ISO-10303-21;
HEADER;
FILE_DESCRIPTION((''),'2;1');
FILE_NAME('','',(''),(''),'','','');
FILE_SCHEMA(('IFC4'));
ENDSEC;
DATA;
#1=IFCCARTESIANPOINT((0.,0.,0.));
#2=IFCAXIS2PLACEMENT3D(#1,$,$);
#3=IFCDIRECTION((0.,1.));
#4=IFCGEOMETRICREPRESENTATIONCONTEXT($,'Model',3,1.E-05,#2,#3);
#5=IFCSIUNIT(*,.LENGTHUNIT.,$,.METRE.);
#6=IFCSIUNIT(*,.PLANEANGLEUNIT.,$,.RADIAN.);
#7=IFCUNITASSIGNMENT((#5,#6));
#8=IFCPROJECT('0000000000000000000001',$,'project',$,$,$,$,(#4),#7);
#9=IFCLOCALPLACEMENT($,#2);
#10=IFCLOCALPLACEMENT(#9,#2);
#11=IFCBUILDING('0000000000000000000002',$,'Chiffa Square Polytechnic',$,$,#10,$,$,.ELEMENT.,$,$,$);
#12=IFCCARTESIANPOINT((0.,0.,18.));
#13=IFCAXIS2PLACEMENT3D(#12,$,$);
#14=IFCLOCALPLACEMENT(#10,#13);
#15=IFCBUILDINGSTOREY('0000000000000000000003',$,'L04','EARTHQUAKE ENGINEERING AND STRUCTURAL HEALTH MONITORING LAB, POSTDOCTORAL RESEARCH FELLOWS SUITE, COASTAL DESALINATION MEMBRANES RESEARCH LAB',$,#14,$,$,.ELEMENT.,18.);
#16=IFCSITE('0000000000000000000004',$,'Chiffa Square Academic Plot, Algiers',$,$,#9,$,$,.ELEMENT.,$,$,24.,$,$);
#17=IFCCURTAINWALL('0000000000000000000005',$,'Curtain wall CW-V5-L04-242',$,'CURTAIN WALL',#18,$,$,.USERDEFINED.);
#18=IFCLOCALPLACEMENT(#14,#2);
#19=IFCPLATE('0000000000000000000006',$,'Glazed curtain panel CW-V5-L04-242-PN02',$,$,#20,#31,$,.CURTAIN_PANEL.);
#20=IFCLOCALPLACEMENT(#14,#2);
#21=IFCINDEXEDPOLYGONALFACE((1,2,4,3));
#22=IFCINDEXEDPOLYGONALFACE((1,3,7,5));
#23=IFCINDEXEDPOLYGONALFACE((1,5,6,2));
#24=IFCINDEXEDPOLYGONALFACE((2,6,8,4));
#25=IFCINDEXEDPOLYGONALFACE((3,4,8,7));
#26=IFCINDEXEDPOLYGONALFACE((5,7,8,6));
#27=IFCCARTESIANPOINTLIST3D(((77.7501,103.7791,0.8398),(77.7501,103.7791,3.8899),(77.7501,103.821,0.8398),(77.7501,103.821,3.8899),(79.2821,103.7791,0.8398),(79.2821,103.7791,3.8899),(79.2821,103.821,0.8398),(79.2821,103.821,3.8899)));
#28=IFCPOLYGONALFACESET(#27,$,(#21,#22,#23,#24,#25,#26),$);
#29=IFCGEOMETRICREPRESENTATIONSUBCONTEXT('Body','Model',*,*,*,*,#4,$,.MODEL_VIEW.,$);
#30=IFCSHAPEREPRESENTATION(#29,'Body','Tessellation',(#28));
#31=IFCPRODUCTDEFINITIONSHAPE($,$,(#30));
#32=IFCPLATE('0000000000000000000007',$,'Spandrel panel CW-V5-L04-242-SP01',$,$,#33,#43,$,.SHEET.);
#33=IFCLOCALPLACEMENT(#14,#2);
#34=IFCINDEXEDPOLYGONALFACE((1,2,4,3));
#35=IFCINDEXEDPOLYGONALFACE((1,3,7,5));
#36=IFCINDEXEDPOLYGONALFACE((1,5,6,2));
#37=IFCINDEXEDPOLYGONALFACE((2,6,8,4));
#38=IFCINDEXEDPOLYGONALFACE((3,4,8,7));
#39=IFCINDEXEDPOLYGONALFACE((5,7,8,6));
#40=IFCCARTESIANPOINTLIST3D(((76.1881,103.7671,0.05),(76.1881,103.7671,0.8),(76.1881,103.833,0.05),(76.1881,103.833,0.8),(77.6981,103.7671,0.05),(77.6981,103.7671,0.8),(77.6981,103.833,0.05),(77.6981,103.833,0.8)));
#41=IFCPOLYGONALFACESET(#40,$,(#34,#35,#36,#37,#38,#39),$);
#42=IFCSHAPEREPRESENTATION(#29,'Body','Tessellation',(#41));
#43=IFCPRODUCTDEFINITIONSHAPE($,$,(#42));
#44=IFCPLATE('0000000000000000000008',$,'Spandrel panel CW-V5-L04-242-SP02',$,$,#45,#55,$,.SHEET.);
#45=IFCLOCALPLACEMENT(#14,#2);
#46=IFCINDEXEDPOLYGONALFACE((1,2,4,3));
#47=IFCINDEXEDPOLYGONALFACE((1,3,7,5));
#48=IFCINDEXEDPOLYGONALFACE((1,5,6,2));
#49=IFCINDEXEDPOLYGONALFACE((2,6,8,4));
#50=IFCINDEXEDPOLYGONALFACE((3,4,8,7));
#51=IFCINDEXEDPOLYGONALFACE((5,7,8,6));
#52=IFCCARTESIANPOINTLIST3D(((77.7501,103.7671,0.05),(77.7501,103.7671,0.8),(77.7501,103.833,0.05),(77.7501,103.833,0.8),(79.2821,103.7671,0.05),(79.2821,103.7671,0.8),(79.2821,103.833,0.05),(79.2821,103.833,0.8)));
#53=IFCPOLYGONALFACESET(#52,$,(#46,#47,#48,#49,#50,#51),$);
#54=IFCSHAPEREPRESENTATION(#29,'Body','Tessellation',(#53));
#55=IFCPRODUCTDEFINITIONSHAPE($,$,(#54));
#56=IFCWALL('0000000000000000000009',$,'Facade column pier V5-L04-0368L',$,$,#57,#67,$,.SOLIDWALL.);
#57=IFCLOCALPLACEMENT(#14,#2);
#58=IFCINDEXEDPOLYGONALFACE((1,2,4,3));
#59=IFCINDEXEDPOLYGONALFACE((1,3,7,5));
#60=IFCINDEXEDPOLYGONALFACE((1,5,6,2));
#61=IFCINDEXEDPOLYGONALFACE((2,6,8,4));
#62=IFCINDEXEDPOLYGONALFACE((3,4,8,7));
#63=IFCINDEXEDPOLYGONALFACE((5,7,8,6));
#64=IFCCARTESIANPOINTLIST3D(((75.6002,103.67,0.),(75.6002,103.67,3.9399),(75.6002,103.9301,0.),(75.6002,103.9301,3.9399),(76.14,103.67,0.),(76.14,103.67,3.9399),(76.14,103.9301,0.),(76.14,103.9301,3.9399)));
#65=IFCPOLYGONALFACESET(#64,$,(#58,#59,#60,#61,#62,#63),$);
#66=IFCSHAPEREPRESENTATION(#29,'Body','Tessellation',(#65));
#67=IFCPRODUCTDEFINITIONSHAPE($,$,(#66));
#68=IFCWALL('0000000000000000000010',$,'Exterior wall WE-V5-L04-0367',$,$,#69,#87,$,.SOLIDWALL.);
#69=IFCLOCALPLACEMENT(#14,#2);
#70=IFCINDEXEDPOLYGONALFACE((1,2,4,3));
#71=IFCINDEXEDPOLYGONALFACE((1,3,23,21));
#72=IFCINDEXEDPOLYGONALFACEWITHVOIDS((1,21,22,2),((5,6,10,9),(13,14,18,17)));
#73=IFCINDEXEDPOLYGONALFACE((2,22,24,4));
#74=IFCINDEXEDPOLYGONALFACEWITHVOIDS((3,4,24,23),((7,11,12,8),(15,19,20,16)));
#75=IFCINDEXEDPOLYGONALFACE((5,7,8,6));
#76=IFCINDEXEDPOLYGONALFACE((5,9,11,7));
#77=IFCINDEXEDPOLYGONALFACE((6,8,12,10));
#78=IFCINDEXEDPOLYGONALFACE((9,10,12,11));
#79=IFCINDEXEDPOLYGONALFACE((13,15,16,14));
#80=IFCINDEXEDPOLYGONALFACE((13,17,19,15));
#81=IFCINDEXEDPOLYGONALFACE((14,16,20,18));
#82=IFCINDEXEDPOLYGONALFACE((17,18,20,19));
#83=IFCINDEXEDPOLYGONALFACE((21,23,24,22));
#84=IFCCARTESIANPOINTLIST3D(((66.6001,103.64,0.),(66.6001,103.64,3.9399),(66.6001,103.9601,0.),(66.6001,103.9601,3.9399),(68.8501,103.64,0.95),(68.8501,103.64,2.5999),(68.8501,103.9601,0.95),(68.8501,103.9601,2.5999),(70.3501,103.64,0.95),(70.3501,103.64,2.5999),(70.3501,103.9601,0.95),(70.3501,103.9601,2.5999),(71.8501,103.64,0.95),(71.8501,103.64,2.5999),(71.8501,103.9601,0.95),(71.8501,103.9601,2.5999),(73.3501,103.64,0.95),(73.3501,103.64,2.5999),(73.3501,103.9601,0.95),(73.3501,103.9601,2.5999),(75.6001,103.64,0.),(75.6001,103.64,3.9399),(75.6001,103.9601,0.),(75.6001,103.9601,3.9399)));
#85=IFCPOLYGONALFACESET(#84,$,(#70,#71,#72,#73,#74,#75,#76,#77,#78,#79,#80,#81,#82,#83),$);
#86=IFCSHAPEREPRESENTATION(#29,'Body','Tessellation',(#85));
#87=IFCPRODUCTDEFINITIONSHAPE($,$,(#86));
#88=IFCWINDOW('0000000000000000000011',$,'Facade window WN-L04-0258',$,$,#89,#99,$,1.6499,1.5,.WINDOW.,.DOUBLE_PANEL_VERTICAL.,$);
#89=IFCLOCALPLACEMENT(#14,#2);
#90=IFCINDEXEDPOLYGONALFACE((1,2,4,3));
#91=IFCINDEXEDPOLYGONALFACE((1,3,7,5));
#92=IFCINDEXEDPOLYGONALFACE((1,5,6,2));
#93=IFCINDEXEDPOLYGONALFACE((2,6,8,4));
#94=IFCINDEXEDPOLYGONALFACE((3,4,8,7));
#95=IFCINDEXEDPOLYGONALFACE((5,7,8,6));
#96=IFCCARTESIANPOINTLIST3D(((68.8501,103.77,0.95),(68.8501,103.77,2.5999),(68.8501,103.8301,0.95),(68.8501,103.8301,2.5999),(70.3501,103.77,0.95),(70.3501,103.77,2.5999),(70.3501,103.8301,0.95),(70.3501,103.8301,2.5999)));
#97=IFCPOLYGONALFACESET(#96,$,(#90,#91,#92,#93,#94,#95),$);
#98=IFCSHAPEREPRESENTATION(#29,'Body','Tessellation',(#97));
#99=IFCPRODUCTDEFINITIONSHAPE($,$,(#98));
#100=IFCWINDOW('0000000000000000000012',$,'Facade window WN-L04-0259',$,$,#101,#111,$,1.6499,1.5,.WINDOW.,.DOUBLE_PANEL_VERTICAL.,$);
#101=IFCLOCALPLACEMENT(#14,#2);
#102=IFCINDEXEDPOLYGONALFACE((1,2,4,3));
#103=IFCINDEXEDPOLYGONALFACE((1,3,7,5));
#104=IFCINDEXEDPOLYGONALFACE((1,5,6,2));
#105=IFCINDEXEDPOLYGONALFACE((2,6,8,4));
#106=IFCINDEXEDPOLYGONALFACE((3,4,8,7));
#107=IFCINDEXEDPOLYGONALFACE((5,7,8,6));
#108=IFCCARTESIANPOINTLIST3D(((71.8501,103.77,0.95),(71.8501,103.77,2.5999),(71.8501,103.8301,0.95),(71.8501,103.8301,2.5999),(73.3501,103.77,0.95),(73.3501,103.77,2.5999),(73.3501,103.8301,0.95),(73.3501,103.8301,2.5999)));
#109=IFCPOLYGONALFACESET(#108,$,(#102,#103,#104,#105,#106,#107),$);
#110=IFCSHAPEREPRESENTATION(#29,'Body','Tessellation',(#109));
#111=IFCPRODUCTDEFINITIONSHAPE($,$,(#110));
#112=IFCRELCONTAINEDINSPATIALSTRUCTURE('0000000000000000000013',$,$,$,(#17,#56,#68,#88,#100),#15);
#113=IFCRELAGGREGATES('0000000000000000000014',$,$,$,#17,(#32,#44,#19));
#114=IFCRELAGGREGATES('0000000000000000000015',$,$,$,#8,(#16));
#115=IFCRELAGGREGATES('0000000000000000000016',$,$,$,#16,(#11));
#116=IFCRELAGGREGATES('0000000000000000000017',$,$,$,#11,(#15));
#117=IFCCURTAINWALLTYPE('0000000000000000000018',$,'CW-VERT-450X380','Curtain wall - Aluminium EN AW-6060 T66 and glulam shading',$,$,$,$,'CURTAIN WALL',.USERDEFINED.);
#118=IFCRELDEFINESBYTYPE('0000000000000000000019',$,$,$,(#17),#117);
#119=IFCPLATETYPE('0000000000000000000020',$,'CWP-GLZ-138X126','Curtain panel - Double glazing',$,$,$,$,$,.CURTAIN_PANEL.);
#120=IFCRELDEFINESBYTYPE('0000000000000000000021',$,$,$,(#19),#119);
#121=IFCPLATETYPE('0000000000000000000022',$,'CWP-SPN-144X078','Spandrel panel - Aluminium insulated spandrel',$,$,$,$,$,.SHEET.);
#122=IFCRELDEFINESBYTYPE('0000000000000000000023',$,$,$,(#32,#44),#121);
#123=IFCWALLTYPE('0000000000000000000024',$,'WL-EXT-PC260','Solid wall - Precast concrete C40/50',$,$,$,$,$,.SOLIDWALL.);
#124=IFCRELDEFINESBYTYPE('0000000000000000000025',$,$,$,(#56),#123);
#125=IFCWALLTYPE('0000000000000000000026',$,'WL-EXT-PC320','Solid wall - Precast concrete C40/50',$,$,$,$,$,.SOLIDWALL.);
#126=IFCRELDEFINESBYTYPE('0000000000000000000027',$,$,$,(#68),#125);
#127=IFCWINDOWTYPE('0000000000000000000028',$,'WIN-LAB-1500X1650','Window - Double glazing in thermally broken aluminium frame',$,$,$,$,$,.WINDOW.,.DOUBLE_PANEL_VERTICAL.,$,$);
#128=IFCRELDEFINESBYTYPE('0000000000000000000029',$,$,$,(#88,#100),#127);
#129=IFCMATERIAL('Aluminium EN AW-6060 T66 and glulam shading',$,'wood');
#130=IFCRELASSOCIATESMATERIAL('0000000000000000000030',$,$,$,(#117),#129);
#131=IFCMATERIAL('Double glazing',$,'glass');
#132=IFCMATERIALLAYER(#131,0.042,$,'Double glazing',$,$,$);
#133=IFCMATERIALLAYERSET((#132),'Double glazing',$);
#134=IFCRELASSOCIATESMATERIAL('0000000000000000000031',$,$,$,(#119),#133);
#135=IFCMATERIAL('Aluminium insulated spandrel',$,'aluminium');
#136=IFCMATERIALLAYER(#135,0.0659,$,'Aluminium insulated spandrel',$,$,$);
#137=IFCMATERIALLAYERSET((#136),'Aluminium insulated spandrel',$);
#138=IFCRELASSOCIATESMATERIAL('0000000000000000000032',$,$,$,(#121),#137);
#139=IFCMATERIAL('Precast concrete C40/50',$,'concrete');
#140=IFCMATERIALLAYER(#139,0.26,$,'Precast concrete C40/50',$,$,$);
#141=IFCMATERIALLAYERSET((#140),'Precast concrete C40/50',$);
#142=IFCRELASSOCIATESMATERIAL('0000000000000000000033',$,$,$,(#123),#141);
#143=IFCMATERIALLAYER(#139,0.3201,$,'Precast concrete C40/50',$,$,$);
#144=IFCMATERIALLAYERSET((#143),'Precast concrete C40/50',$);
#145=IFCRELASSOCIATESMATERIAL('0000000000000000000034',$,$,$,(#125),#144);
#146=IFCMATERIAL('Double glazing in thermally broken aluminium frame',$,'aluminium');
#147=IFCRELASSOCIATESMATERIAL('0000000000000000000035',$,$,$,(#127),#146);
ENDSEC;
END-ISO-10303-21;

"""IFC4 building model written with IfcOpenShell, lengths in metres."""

from ifc_helpers import new_model, si_unit, direction, frame, frame_2d, origin, origin_2d, place, context, subcontext, project, spatial, rectangle, extrude, material, layer, layer_set, type_object, element, fill, aggregate, save


model = new_model("IFC4")

# Units and contexts
model_context = context("Model", 3, precision=1e-05, world=origin(), true_north=direction((0.0, 1.0)))
body_context = subcontext(model_context, "Body", "Model", "MODEL_VIEW")
ifc_project = project(units=[si_unit("LENGTHUNIT", "METRE"), si_unit("PLANEANGLEUNIT", "RADIAN")], contexts=[model_context])

# Site, building, storey
site_placement = place(None, origin())
site = spatial("IfcSite", under=ifc_project, at=site_placement, Name="Chiffa Square Academic Plot, Algiers", CompositionType="ELEMENT", RefElevation=24.0)
building_placement = place(site_placement, origin())
building = spatial("IfcBuilding", under=site, at=building_placement, Name="Chiffa Square Polytechnic", CompositionType="ELEMENT")
storey_placement = place(building_placement, frame((0.0, 0.0, 18.0)))
storey = spatial("IfcBuildingStorey", under=building, at=storey_placement, Name="L04", Description="EARTHQUAKE ENGINEERING AND STRUCTURAL HEALTH MONITORING LAB, POSTDOCTORAL RESEARCH FELLOWS SUITE, COASTAL DESALINATION MEMBRANES RESEARCH LAB", CompositionType="ELEMENT", Elevation=18.0)

# Curtain wall, plates
ifc_material_1 = material(Name="Aluminium EN AW-6060 T66 and glulam shading", Category="wood")
curtain_wall_type = type_object("IfcCurtainWallType", Name="CW-VERT-450X380", Description="Curtain wall - Aluminium EN AW-6060 T66 and glulam shading", ElementType="CURTAIN WALL", PredefinedType="USERDEFINED", material=ifc_material_1)
curtain_wall_placement = place(storey_placement, origin())
curtain_wall = element("IfcCurtainWall", 1, at=curtain_wall_placement, inside=storey, type_object=curtain_wall_type, Name="Curtain wall CW-V5-L04-242", ObjectType="CURTAIN WALL", PredefinedType="USERDEFINED")
ifc_material_2 = material(Name="Double glazing", Category="glass")
ifc_layer_1 = layer(ifc_material_2, 0.042, Name="Double glazing")
ifc_layer_set_1 = layer_set([ifc_layer_1], Name="Double glazing")
plate_type_1 = type_object("IfcPlateType", Name="CWP-GLZ-138X126", Description="Curtain panel - Double glazing", PredefinedType="CURTAIN_PANEL", material=ifc_layer_set_1)
plate_1_placement = place(storey_placement, frame((78.5161, 103.8, 0.8398), z_axis=(0.0, 0.0, 1.0), x_axis=(1.0, 0.0, 0.0)))
plate_1 = element("IfcPlate", 2, at=plate_1_placement, type_object=plate_type_1, Name="Glazed curtain panel CW-V5-L04-242-PN02", PredefinedType="CURTAIN_PANEL", context=body_context, shape_type="SweptSolid", body=[
    extrude(rectangle(XDim=1.532, YDim=0.042, at=origin_2d()), origin(), (0.0, 0.0, 1.0), 3.05),
])
ifc_material_3 = material(Name="Aluminium insulated spandrel", Category="aluminium")
ifc_layer_2 = layer(ifc_material_3, 0.0659, Name="Aluminium insulated spandrel")
ifc_layer_set_2 = layer_set([ifc_layer_2], Name="Aluminium insulated spandrel")
plate_type_2 = type_object("IfcPlateType", Name="CWP-SPN-144X078", Description="Spandrel panel - Aluminium insulated spandrel", PredefinedType="SHEET", material=ifc_layer_set_2)
plate_2_placement = place(storey_placement, frame((76.9431, 103.8, 0.05), z_axis=(0.0, 0.0, 1.0), x_axis=(1.0, 0.0, 0.0)))
plate_2 = element("IfcPlate", 3, at=plate_2_placement, type_object=plate_type_2, Name="Spandrel panel CW-V5-L04-242-SP01", PredefinedType="SHEET", context=body_context, shape_type="SweptSolid", body=[
    extrude(rectangle(XDim=1.51, YDim=0.0659, at=origin_2d()), origin(), (0.0, 0.0, 1.0), 0.75),
])
plate_3_placement = place(storey_placement, frame((78.5161, 103.8, 0.05), z_axis=(0.0, 0.0, 1.0), x_axis=(1.0, 0.0, 0.0)))
plate_3 = element("IfcPlate", 4, at=plate_3_placement, type_object=plate_type_2, Name="Spandrel panel CW-V5-L04-242-SP02", PredefinedType="SHEET", context=body_context, shape_type="SweptSolid", body=[
    extrude(rectangle(XDim=1.532, YDim=0.0659, at=origin_2d()), origin(), (0.0, 0.0, 1.0), 0.75),
])
aggregate(curtain_wall, [plate_2, plate_3, plate_1])

# Wall
ifc_material_4 = material(Name="Precast concrete C40/50", Category="concrete")
ifc_layer_3 = layer(ifc_material_4, 0.26, Name="Precast concrete C40/50")
ifc_layer_set_3 = layer_set([ifc_layer_3], Name="Precast concrete C40/50")
wall_type_1 = type_object("IfcWallType", Name="WL-EXT-PC260", Description="Solid wall - Precast concrete C40/50", PredefinedType="SOLIDWALL", material=ifc_layer_set_3)
wall_1_placement = place(storey_placement, frame((75.6001, 103.8, 0.0), z_axis=(0.0, 0.0, 1.0), x_axis=(1.0, 0.0, 0.0)))
element("IfcWall", 5, at=wall_1_placement, inside=storey, type_object=wall_type_1, Name="Facade column pier V5-L04-0368L", PredefinedType="SOLIDWALL", context=body_context, shape_type="SweptSolid", body=[
    extrude(rectangle(XDim=0.5398, YDim=0.26, at=frame_2d((0.27, 0.0))), origin(), (0.0, 0.0, 1.0), 3.9399),
])

# Wall, openings, windows
ifc_layer_4 = layer(ifc_material_4, 0.3201, Name="Precast concrete C40/50")
ifc_layer_set_4 = layer_set([ifc_layer_4], Name="Precast concrete C40/50")
wall_type_2 = type_object("IfcWallType", Name="WL-EXT-PC320", Description="Solid wall - Precast concrete C40/50", PredefinedType="SOLIDWALL", material=ifc_layer_set_4)
wall_2_placement = place(storey_placement, frame((66.6001, 103.8, 0.0), z_axis=(0.0, 0.0, 1.0), x_axis=(1.0, 0.0, 0.0)))
wall_2 = element("IfcWall", 6, at=wall_2_placement, inside=storey, type_object=wall_type_2, Name="Exterior wall WE-V5-L04-0367", PredefinedType="SOLIDWALL", context=body_context, shape_type="SweptSolid", body=[
    extrude(rectangle(XDim=9.0, YDim=0.3201, at=frame_2d((4.5, 0.0))), origin(), (0.0, 0.0, 1.0), 3.9399),
])
opening_1_placement = place(wall_2_placement, frame((2.25, 0.0, 0.95)))
opening_1 = element("IfcOpeningElement", 7, at=opening_1_placement, cuts=wall_2, PredefinedType="OPENING", context=body_context, shape_type="SweptSolid", body=[
    extrude(rectangle(XDim=1.5, YDim=1.6499, at=frame_2d((0.75, 0.825))), frame((0.0, 0.1699, 0.0), z_axis=(0.0, -1.0, 0.0), x_axis=(1.0, 0.0, 0.0)), (0.0, 0.0, 1.0), 0.3401),
])
opening_2_placement = place(wall_2_placement, frame((5.25, 0.0, 0.95)))
opening_2 = element("IfcOpeningElement", 8, at=opening_2_placement, cuts=wall_2, PredefinedType="OPENING", context=body_context, shape_type="SweptSolid", body=[
    extrude(rectangle(XDim=1.5, YDim=1.6499, at=frame_2d((0.75, 0.825))), frame((0.0, 0.1699, 0.0), z_axis=(0.0, -1.0, 0.0), x_axis=(1.0, 0.0, 0.0)), (0.0, 0.0, 1.0), 0.3401),
])
ifc_material_5 = material(Name="Double glazing in thermally broken aluminium frame", Category="aluminium")
window_type = type_object("IfcWindowType", Name="WIN-LAB-1500X1650", Description="Window - Double glazing in thermally broken aluminium frame", PartitioningType="DOUBLE_PANEL_VERTICAL", PredefinedType="WINDOW", material=ifc_material_5)
window_1_placement = place(opening_1_placement, origin())
window_1 = element("IfcWindow", 9, at=window_1_placement, inside=storey, type_object=window_type, Name="Facade window WN-L04-0258", OverallHeight=1.6499, OverallWidth=1.5, PartitioningType="DOUBLE_PANEL_VERTICAL", PredefinedType="WINDOW", context=body_context, shape_type="SweptSolid", body=[
    extrude(rectangle(XDim=1.5, YDim=1.6499, at=frame_2d((0.75, 0.825))), frame((0.0, 0.03, 0.0), z_axis=(0.0, -1.0, 0.0), x_axis=(1.0, 0.0, 0.0)), (0.0, 0.0, 1.0), 0.0601),
])
fill(opening_1, window_1)
window_2_placement = place(opening_2_placement, origin())
window_2 = element("IfcWindow", 10, at=window_2_placement, inside=storey, type_object=window_type, Name="Facade window WN-L04-0259", OverallHeight=1.6499, OverallWidth=1.5, PartitioningType="DOUBLE_PANEL_VERTICAL", PredefinedType="WINDOW", context=body_context, shape_type="SweptSolid", body=[
    extrude(rectangle(XDim=1.5, YDim=1.6499, at=frame_2d((0.75, 0.825))), frame((0.0, 0.03, 0.0), z_axis=(0.0, -1.0, 0.0), x_axis=(1.0, 0.0, 0.0)), (0.0, 0.0, 1.0), 0.0601),
])
fill(opening_2, window_2)

save(model, "model.ifc")
